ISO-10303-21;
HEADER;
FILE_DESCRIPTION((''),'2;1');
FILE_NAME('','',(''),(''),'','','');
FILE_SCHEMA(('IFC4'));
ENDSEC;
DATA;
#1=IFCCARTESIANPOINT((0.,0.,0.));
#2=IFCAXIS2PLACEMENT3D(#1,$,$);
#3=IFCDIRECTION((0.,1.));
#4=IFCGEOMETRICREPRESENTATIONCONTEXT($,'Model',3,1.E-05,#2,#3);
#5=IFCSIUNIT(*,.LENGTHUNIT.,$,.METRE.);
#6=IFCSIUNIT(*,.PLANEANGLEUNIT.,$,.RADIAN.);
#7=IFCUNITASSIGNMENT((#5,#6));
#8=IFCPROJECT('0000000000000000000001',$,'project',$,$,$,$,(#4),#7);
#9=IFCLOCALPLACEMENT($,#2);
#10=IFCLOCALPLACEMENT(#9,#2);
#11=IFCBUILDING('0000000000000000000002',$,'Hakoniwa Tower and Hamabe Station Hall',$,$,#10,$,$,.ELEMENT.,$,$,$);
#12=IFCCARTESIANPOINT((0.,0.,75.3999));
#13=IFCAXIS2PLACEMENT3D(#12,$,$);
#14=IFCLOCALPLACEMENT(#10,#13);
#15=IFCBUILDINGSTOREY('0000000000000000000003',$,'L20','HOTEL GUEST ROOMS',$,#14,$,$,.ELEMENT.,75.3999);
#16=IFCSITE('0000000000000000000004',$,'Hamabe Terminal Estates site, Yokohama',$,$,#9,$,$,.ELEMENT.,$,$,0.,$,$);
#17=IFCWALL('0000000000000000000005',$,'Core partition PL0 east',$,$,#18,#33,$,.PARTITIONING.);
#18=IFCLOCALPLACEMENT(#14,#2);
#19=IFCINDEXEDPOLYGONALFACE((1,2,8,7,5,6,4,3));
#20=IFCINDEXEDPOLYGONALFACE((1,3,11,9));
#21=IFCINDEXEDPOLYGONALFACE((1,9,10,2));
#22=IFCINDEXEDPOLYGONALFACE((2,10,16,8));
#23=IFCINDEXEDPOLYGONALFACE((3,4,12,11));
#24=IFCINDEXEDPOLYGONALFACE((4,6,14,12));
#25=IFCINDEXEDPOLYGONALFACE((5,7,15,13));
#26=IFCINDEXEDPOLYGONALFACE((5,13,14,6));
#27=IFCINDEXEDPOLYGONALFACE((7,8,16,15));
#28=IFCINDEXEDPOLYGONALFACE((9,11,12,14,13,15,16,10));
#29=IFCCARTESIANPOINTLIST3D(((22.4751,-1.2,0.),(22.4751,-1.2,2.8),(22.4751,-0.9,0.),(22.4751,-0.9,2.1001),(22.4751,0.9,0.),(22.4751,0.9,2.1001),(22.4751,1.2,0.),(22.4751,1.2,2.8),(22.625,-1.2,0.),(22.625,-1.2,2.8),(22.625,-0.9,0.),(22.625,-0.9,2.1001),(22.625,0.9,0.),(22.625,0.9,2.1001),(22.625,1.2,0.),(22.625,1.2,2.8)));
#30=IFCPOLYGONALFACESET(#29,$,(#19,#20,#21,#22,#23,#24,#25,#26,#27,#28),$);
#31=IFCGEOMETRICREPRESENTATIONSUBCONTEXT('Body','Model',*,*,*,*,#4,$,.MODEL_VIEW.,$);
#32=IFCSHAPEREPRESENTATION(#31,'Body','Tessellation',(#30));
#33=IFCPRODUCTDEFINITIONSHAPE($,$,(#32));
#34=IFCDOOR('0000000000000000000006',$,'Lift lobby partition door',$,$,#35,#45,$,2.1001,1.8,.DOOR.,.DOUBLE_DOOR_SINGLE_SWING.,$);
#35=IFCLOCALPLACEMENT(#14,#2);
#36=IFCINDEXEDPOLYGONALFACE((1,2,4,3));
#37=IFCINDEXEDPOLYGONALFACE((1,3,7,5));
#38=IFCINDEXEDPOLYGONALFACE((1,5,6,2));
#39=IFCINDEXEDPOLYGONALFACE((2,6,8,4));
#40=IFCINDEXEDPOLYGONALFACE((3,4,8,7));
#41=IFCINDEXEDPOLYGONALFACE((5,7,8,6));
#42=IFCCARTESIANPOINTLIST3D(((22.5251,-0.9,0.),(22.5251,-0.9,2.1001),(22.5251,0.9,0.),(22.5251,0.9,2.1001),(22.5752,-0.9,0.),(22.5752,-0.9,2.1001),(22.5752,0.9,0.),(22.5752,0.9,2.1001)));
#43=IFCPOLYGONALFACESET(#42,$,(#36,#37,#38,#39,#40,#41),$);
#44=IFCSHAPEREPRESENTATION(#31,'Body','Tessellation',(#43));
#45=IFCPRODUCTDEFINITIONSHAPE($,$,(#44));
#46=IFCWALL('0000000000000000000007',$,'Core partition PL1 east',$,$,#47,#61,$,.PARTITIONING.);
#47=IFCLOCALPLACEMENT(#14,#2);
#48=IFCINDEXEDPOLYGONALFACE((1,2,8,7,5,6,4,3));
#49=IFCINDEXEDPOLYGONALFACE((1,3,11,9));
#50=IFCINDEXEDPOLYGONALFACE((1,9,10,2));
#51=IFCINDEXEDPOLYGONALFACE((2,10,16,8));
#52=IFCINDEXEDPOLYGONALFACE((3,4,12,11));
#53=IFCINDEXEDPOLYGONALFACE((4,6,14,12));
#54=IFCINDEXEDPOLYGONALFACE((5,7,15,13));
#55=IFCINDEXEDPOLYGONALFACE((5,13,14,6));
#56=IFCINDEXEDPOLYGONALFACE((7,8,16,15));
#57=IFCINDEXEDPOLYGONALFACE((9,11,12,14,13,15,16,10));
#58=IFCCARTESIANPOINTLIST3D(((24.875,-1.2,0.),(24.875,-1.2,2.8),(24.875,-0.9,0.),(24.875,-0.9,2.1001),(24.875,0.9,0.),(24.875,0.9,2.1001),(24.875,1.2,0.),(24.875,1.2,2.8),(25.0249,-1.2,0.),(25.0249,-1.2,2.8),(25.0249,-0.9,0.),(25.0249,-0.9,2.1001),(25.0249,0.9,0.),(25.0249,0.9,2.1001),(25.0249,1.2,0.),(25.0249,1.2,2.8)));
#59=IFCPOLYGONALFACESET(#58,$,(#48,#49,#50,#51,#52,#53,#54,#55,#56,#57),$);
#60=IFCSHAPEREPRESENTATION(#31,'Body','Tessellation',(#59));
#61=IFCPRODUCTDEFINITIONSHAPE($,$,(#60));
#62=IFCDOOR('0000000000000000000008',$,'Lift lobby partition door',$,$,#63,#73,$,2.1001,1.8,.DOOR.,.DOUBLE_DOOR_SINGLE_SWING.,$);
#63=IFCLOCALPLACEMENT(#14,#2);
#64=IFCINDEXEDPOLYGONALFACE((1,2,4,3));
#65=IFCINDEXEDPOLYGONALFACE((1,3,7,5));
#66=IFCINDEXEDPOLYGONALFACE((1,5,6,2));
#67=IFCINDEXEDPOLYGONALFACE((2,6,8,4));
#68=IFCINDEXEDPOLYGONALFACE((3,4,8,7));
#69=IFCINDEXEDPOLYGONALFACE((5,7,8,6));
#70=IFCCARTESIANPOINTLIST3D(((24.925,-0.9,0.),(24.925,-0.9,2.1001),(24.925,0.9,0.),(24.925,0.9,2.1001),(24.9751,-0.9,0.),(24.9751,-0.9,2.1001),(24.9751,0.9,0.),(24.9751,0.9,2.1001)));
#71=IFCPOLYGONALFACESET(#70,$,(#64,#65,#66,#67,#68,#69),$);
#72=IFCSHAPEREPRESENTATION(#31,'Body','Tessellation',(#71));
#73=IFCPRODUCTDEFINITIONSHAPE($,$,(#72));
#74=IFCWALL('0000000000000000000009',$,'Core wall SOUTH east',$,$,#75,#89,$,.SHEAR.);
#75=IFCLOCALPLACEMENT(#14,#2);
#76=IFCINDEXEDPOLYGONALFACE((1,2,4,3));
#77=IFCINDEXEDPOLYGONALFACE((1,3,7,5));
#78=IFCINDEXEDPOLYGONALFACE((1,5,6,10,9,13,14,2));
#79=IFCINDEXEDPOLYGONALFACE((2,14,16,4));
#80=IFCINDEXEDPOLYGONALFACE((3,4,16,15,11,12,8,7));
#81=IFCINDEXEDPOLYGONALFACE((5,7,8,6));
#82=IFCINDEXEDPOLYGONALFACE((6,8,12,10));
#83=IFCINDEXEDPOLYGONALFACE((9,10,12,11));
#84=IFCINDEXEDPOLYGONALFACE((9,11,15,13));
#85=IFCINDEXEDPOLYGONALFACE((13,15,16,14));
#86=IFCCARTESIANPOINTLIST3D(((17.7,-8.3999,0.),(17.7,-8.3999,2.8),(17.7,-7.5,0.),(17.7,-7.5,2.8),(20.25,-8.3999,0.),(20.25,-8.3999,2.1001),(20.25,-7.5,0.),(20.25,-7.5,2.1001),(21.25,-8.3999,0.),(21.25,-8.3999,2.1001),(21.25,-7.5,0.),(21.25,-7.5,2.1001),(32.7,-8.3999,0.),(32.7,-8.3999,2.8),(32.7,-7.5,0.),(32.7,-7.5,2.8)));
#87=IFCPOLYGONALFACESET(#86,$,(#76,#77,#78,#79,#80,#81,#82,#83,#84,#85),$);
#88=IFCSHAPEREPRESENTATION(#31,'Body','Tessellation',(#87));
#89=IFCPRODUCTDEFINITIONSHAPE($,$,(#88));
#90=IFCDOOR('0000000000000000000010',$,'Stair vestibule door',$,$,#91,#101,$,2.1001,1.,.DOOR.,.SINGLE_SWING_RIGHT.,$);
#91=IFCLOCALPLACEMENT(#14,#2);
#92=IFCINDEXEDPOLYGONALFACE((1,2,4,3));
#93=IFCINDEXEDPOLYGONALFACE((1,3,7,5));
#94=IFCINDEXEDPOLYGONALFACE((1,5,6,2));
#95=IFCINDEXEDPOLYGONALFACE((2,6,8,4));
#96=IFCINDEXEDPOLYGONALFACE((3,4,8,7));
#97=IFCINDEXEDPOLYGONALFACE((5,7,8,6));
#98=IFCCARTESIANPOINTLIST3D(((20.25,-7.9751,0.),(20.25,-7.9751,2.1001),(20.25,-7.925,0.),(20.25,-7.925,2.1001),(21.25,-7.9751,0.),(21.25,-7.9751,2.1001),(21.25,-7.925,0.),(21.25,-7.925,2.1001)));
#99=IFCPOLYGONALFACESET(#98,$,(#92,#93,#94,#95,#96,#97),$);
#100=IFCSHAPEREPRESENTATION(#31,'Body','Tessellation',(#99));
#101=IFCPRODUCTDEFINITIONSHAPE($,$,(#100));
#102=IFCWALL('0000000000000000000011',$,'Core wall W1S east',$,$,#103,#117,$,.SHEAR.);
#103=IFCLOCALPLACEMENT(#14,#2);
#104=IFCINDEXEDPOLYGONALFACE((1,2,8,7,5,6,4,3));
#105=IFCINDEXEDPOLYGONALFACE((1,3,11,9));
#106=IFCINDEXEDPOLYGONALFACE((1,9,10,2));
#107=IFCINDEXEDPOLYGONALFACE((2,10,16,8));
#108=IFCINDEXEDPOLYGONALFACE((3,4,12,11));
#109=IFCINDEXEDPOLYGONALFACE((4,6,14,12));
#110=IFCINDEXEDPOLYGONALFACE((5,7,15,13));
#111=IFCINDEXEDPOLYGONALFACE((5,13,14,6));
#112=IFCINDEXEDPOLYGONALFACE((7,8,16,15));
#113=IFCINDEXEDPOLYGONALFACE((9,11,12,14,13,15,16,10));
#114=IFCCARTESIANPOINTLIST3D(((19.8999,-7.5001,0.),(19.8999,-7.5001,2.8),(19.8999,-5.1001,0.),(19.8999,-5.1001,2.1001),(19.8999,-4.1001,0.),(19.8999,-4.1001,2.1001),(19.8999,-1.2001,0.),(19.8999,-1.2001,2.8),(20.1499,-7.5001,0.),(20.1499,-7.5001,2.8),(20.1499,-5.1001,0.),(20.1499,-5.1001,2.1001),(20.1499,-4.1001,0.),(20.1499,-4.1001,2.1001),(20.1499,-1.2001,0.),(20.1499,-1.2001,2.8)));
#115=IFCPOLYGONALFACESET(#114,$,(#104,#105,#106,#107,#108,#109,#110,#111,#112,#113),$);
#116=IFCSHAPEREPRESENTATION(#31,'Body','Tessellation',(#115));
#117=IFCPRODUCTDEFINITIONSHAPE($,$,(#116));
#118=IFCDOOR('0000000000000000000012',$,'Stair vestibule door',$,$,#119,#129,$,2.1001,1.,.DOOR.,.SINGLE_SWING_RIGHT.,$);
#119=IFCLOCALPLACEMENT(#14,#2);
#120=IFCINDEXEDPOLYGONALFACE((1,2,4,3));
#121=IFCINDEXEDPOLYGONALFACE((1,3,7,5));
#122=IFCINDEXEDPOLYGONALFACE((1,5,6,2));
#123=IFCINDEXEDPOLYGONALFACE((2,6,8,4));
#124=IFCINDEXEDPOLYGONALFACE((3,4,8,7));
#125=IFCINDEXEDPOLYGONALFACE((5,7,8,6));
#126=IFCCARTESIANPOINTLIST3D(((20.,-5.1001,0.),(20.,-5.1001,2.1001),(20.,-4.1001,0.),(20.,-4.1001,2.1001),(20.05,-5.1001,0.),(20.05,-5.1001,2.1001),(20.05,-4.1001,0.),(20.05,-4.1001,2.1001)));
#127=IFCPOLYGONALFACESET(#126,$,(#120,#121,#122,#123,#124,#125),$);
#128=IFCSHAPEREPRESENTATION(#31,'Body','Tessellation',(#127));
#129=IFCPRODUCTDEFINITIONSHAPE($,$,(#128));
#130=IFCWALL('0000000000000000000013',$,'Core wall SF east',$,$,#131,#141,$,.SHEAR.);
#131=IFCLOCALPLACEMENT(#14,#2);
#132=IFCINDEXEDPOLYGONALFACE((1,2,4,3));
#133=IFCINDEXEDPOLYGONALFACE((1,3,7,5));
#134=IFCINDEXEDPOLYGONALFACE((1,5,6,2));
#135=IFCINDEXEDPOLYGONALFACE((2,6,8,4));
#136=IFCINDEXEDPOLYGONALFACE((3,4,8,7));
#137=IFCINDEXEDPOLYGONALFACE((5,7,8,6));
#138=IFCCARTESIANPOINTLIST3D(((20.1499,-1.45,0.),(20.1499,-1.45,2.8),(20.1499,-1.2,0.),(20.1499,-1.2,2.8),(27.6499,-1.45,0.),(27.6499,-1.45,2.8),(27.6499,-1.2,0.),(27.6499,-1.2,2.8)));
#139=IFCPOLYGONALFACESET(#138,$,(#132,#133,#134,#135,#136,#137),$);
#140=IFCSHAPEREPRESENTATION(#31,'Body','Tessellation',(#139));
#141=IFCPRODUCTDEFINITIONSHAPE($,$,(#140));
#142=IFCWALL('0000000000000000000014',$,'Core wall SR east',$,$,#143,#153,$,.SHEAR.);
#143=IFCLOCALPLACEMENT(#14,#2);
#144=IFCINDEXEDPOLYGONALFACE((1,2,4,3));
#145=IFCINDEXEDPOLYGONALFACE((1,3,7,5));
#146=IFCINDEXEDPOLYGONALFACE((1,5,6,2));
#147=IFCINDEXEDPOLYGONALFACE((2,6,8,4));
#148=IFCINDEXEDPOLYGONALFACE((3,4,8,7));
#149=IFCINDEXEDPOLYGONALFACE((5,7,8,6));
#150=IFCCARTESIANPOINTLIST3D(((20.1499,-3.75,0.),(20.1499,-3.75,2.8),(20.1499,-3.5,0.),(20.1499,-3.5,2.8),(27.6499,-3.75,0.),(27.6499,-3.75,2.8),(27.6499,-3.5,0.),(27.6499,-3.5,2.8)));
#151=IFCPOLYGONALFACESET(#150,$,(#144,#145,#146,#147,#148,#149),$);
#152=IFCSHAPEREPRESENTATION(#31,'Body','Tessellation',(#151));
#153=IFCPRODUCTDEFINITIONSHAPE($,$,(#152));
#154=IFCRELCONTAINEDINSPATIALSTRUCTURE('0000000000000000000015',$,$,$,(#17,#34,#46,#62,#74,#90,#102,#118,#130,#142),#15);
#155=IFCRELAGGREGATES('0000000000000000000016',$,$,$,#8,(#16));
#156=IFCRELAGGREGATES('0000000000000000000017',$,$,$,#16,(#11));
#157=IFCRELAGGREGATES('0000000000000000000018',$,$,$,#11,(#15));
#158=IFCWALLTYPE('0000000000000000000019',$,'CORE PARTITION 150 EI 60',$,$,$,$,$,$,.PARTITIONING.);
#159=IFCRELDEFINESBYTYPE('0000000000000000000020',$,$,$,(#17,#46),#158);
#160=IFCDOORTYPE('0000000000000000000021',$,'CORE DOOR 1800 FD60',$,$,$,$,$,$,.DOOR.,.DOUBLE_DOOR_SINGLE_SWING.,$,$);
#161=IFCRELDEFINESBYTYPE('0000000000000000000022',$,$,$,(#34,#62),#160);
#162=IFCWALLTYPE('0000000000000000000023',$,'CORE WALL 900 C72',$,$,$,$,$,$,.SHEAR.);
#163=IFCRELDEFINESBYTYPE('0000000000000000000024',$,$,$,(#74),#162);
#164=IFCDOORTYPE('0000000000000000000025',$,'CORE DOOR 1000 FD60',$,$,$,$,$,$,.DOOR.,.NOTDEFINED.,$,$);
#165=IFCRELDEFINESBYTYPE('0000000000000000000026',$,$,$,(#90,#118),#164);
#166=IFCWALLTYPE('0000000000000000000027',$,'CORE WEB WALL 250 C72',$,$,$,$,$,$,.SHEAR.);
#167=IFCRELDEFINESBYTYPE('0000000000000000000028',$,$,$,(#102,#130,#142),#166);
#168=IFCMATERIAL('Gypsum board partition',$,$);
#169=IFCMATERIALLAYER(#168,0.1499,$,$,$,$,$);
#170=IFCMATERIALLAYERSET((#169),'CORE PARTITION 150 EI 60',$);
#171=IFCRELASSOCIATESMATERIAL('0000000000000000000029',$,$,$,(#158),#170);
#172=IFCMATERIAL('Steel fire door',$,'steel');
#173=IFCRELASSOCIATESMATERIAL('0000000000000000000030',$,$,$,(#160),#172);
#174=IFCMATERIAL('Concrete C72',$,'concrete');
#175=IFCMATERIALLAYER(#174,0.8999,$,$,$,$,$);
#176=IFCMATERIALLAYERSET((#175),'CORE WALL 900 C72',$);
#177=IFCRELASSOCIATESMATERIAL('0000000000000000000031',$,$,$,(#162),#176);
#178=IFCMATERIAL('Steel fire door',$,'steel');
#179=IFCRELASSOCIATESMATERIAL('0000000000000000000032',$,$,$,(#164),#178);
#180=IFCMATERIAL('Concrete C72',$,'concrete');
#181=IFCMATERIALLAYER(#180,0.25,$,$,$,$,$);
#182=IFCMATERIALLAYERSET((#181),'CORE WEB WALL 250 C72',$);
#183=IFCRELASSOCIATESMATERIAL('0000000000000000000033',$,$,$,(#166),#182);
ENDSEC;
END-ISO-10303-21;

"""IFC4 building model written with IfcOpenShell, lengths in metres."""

from ifc_helpers import new_model, si_unit, direction, frame, frame_2d, origin, place, context, subcontext, project, spatial, rectangle, extrude, material, layer, layer_set, type_object, element, fill, save


model = new_model("IFC4")

# Units and contexts
model_context = context("Model", 3, precision=1e-05, world=origin(), true_north=direction((0.0, 1.0)))
body_context = subcontext(model_context, "Body", "Model", "MODEL_VIEW")
ifc_project = project(units=[si_unit("LENGTHUNIT", "METRE"), si_unit("PLANEANGLEUNIT", "RADIAN")], contexts=[model_context])

# Site, building, storey
site_placement = place(None, origin())
site = spatial("IfcSite", under=ifc_project, at=site_placement, Name="Hamabe Terminal Estates site, Yokohama", CompositionType="ELEMENT", RefElevation=0.0)
building_placement = place(site_placement, origin())
building = spatial("IfcBuilding", under=site, at=building_placement, Name="Hakoniwa Tower and Hamabe Station Hall", CompositionType="ELEMENT")
storey_placement = place(building_placement, frame((0.0, 0.0, 75.3999)))
storey = spatial("IfcBuildingStorey", under=building, at=storey_placement, Name="L20", Description="HOTEL GUEST ROOMS", CompositionType="ELEMENT", Elevation=75.3999)

# Walls, openings, doors
ifc_material_1 = material(Name="Gypsum board partition")
ifc_layer_1 = layer(ifc_material_1, 0.1499)
ifc_layer_set_1 = layer_set([ifc_layer_1], Name="CORE PARTITION 150 EI 60")
wall_type_1 = type_object("IfcWallType", Name="CORE PARTITION 150 EI 60", PredefinedType="PARTITIONING", material=ifc_layer_set_1)
wall_1_placement = place(storey_placement, frame((22.55, -1.2, 0.0), z_axis=(0.0, 0.0, 1.0), x_axis=(0.0, 1.0, 0.0)))
wall_1 = element("IfcWall", 1, at=wall_1_placement, inside=storey, type_object=wall_type_1, Name="Core partition PL0 east", PredefinedType="PARTITIONING", context=body_context, shape_type="SweptSolid", body=[
    extrude(rectangle(XDim=2.3999, YDim=0.1499, at=frame_2d((1.2, 0.0))), origin(), (0.0, 0.0, 1.0), 2.8),
])
opening_1_placement = place(wall_1_placement, frame((0.3, 0.0, 0.0)))
opening_1 = element("IfcOpeningElement", 2, at=opening_1_placement, cuts=wall_1, PredefinedType="OPENING", context=body_context, shape_type="SweptSolid", body=[
    extrude(rectangle(XDim=1.8, YDim=2.1001, at=frame_2d((0.8999, 1.05))), frame((0.0, 0.085, 0.0), z_axis=(0.0, -1.0, 0.0), x_axis=(1.0, 0.0, 0.0)), (0.0, 0.0, 1.0), 0.1699),
])
ifc_material_2 = material(Name="Steel fire door", Category="steel")
door_type_1 = type_object("IfcDoorType", Name="CORE DOOR 1800 FD60", OperationType="DOUBLE_DOOR_SINGLE_SWING", PredefinedType="DOOR", material=ifc_material_2)
door_1_placement = place(opening_1_placement, origin())
door_1 = element("IfcDoor", 3, at=door_1_placement, inside=storey, type_object=door_type_1, Name="Lift lobby partition door", OperationType="DOUBLE_DOOR_SINGLE_SWING", OverallHeight=2.1001, OverallWidth=1.8, PredefinedType="DOOR", context=body_context, shape_type="SweptSolid", body=[
    extrude(rectangle(XDim=1.8, YDim=2.1001, at=frame_2d((0.8999, 1.05))), frame((0.0, 0.0249, 0.0), z_axis=(0.0, -1.0, 0.0), x_axis=(1.0, 0.0, 0.0)), (0.0, 0.0, 1.0), 0.05),
])
fill(opening_1, door_1)
wall_2_placement = place(storey_placement, frame((24.95, -1.2, 0.0), z_axis=(0.0, 0.0, 1.0), x_axis=(0.0, 1.0, 0.0)))
wall_2 = element("IfcWall", 4, at=wall_2_placement, inside=storey, type_object=wall_type_1, Name="Core partition PL1 east", PredefinedType="PARTITIONING", context=body_context, shape_type="SweptSolid", body=[
    extrude(rectangle(XDim=2.3999, YDim=0.1499, at=frame_2d((1.2, 0.0))), origin(), (0.0, 0.0, 1.0), 2.8),
])
opening_2_placement = place(wall_2_placement, frame((0.3, 0.0, 0.0)))
opening_2 = element("IfcOpeningElement", 5, at=opening_2_placement, cuts=wall_2, PredefinedType="OPENING", context=body_context, shape_type="SweptSolid", body=[
    extrude(rectangle(XDim=1.8, YDim=2.1001, at=frame_2d((0.8999, 1.05))), frame((0.0, 0.085, 0.0), z_axis=(0.0, -1.0, 0.0), x_axis=(1.0, 0.0, 0.0)), (0.0, 0.0, 1.0), 0.1699),
])
door_2_placement = place(opening_2_placement, origin())
door_2 = element("IfcDoor", 6, at=door_2_placement, inside=storey, type_object=door_type_1, Name="Lift lobby partition door", OperationType="DOUBLE_DOOR_SINGLE_SWING", OverallHeight=2.1001, OverallWidth=1.8, PredefinedType="DOOR", context=body_context, shape_type="SweptSolid", body=[
    extrude(rectangle(XDim=1.8, YDim=2.1001, at=frame_2d((0.8999, 1.05))), frame((0.0, 0.0249, 0.0), z_axis=(0.0, -1.0, 0.0), x_axis=(1.0, 0.0, 0.0)), (0.0, 0.0, 1.0), 0.05),
])
fill(opening_2, door_2)
ifc_material_3 = material(Name="Concrete C72", Category="concrete")
ifc_layer_2 = layer(ifc_material_3, 0.8999)
ifc_layer_set_2 = layer_set([ifc_layer_2], Name="CORE WALL 900 C72")
wall_type_2 = type_object("IfcWallType", Name="CORE WALL 900 C72", PredefinedType="SHEAR", material=ifc_layer_set_2)
wall_3_placement = place(storey_placement, frame((17.7, -7.95, 0.0), z_axis=(0.0, 0.0, 1.0), x_axis=(1.0, 0.0, 0.0)))
wall_3 = element("IfcWall", 7, at=wall_3_placement, inside=storey, type_object=wall_type_2, Name="Core wall SOUTH east", PredefinedType="SHEAR", context=body_context, shape_type="SweptSolid", body=[
    extrude(rectangle(XDim=15.0, YDim=0.8999, at=frame_2d((7.5, 0.0))), origin(), (0.0, 0.0, 1.0), 2.8),
])
opening_3_placement = place(wall_3_placement, frame((2.55, 0.0, 0.0)))
opening_3 = element("IfcOpeningElement", 8, at=opening_3_placement, cuts=wall_3, PredefinedType="OPENING", context=body_context, shape_type="SweptSolid", body=[
    extrude(rectangle(XDim=1.0, YDim=2.1001, at=frame_2d((0.5, 1.05))), frame((0.0, 0.46, 0.0), z_axis=(0.0, -1.0, 0.0), x_axis=(1.0, 0.0, 0.0)), (0.0, 0.0, 1.0), 0.9199),
])
ifc_material_4 = material(Name="Steel fire door", Category="steel")
door_type_2 = type_object("IfcDoorType", Name="CORE DOOR 1000 FD60", OperationType="NOTDEFINED", PredefinedType="DOOR", material=ifc_material_4)
door_3_placement = place(opening_3_placement, origin())
door_3 = element("IfcDoor", 9, at=door_3_placement, inside=storey, type_object=door_type_2, Name="Stair vestibule door", OperationType="SINGLE_SWING_RIGHT", OverallHeight=2.1001, OverallWidth=1.0, PredefinedType="DOOR", context=body_context, shape_type="SweptSolid", body=[
    extrude(rectangle(XDim=1.0, YDim=2.1001, at=frame_2d((0.5, 1.05))), frame((0.0, 0.0249, 0.0), z_axis=(0.0, -1.0, 0.0), x_axis=(1.0, 0.0, 0.0)), (0.0, 0.0, 1.0), 0.05),
])
fill(opening_3, door_3)
ifc_material_5 = material(Name="Concrete C72", Category="concrete")
ifc_layer_3 = layer(ifc_material_5, 0.25)
ifc_layer_set_3 = layer_set([ifc_layer_3], Name="CORE WEB WALL 250 C72")
wall_type_3 = type_object("IfcWallType", Name="CORE WEB WALL 250 C72", PredefinedType="SHEAR", material=ifc_layer_set_3)
wall_4_placement = place(storey_placement, frame((20.0249, -7.5, 0.0), z_axis=(0.0, 0.0, 1.0), x_axis=(0.0, 1.0, 0.0)))
wall_4 = element("IfcWall", 10, at=wall_4_placement, inside=storey, type_object=wall_type_3, Name="Core wall W1S east", PredefinedType="SHEAR", context=body_context, shape_type="SweptSolid", body=[
    extrude(rectangle(XDim=6.3, YDim=0.25, at=frame_2d((3.1499, 0.0))), origin(), (0.0, 0.0, 1.0), 2.8),
])
opening_4_placement = place(wall_4_placement, frame((2.3999, 0.0, 0.0)))
opening_4 = element("IfcOpeningElement", 11, at=opening_4_placement, cuts=wall_4, PredefinedType="OPENING", context=body_context, shape_type="SweptSolid", body=[
    extrude(rectangle(XDim=1.0, YDim=2.1001, at=frame_2d((0.5, 1.05))), frame((0.0, 0.135, 0.0), z_axis=(0.0, -1.0, 0.0), x_axis=(1.0, 0.0, 0.0)), (0.0, 0.0, 1.0), 0.27),
])
door_4_placement = place(opening_4_placement, origin())
door_4 = element("IfcDoor", 12, at=door_4_placement, inside=storey, type_object=door_type_2, Name="Stair vestibule door", OperationType="SINGLE_SWING_RIGHT", OverallHeight=2.1001, OverallWidth=1.0, PredefinedType="DOOR", context=body_context, shape_type="SweptSolid", body=[
    extrude(rectangle(XDim=1.0, YDim=2.1001, at=frame_2d((0.5, 1.05))), frame((0.0, 0.0249, 0.0), z_axis=(0.0, -1.0, 0.0), x_axis=(1.0, 0.0, 0.0)), (0.0, 0.0, 1.0), 0.05),
])
fill(opening_4, door_4)

# Walls
for number, where, z_axis, x_axis, name in (
    (13, (20.1499, -1.325, 0.0), (0.0, 0.0, 1.0), (1.0, 0.0, 0.0), "Core wall SF east"),
    (14, (20.1499, -3.625, 0.0), (0.0, 0.0, 1.0), (1.0, 0.0, 0.0), "Core wall SR east"),
):
    element("IfcWall", number, at=place(storey_placement, frame(where, z_axis=z_axis, x_axis=x_axis)), inside=storey, type_object=wall_type_3, Name=name, PredefinedType="SHEAR", context=body_context, shape_type="SweptSolid", body=[
        extrude(rectangle(XDim=7.5, YDim=0.25, at=frame_2d((3.75, 0.0))), origin(), (0.0, 0.0, 1.0), 2.8),
    ])

save(model, "model.ifc")
